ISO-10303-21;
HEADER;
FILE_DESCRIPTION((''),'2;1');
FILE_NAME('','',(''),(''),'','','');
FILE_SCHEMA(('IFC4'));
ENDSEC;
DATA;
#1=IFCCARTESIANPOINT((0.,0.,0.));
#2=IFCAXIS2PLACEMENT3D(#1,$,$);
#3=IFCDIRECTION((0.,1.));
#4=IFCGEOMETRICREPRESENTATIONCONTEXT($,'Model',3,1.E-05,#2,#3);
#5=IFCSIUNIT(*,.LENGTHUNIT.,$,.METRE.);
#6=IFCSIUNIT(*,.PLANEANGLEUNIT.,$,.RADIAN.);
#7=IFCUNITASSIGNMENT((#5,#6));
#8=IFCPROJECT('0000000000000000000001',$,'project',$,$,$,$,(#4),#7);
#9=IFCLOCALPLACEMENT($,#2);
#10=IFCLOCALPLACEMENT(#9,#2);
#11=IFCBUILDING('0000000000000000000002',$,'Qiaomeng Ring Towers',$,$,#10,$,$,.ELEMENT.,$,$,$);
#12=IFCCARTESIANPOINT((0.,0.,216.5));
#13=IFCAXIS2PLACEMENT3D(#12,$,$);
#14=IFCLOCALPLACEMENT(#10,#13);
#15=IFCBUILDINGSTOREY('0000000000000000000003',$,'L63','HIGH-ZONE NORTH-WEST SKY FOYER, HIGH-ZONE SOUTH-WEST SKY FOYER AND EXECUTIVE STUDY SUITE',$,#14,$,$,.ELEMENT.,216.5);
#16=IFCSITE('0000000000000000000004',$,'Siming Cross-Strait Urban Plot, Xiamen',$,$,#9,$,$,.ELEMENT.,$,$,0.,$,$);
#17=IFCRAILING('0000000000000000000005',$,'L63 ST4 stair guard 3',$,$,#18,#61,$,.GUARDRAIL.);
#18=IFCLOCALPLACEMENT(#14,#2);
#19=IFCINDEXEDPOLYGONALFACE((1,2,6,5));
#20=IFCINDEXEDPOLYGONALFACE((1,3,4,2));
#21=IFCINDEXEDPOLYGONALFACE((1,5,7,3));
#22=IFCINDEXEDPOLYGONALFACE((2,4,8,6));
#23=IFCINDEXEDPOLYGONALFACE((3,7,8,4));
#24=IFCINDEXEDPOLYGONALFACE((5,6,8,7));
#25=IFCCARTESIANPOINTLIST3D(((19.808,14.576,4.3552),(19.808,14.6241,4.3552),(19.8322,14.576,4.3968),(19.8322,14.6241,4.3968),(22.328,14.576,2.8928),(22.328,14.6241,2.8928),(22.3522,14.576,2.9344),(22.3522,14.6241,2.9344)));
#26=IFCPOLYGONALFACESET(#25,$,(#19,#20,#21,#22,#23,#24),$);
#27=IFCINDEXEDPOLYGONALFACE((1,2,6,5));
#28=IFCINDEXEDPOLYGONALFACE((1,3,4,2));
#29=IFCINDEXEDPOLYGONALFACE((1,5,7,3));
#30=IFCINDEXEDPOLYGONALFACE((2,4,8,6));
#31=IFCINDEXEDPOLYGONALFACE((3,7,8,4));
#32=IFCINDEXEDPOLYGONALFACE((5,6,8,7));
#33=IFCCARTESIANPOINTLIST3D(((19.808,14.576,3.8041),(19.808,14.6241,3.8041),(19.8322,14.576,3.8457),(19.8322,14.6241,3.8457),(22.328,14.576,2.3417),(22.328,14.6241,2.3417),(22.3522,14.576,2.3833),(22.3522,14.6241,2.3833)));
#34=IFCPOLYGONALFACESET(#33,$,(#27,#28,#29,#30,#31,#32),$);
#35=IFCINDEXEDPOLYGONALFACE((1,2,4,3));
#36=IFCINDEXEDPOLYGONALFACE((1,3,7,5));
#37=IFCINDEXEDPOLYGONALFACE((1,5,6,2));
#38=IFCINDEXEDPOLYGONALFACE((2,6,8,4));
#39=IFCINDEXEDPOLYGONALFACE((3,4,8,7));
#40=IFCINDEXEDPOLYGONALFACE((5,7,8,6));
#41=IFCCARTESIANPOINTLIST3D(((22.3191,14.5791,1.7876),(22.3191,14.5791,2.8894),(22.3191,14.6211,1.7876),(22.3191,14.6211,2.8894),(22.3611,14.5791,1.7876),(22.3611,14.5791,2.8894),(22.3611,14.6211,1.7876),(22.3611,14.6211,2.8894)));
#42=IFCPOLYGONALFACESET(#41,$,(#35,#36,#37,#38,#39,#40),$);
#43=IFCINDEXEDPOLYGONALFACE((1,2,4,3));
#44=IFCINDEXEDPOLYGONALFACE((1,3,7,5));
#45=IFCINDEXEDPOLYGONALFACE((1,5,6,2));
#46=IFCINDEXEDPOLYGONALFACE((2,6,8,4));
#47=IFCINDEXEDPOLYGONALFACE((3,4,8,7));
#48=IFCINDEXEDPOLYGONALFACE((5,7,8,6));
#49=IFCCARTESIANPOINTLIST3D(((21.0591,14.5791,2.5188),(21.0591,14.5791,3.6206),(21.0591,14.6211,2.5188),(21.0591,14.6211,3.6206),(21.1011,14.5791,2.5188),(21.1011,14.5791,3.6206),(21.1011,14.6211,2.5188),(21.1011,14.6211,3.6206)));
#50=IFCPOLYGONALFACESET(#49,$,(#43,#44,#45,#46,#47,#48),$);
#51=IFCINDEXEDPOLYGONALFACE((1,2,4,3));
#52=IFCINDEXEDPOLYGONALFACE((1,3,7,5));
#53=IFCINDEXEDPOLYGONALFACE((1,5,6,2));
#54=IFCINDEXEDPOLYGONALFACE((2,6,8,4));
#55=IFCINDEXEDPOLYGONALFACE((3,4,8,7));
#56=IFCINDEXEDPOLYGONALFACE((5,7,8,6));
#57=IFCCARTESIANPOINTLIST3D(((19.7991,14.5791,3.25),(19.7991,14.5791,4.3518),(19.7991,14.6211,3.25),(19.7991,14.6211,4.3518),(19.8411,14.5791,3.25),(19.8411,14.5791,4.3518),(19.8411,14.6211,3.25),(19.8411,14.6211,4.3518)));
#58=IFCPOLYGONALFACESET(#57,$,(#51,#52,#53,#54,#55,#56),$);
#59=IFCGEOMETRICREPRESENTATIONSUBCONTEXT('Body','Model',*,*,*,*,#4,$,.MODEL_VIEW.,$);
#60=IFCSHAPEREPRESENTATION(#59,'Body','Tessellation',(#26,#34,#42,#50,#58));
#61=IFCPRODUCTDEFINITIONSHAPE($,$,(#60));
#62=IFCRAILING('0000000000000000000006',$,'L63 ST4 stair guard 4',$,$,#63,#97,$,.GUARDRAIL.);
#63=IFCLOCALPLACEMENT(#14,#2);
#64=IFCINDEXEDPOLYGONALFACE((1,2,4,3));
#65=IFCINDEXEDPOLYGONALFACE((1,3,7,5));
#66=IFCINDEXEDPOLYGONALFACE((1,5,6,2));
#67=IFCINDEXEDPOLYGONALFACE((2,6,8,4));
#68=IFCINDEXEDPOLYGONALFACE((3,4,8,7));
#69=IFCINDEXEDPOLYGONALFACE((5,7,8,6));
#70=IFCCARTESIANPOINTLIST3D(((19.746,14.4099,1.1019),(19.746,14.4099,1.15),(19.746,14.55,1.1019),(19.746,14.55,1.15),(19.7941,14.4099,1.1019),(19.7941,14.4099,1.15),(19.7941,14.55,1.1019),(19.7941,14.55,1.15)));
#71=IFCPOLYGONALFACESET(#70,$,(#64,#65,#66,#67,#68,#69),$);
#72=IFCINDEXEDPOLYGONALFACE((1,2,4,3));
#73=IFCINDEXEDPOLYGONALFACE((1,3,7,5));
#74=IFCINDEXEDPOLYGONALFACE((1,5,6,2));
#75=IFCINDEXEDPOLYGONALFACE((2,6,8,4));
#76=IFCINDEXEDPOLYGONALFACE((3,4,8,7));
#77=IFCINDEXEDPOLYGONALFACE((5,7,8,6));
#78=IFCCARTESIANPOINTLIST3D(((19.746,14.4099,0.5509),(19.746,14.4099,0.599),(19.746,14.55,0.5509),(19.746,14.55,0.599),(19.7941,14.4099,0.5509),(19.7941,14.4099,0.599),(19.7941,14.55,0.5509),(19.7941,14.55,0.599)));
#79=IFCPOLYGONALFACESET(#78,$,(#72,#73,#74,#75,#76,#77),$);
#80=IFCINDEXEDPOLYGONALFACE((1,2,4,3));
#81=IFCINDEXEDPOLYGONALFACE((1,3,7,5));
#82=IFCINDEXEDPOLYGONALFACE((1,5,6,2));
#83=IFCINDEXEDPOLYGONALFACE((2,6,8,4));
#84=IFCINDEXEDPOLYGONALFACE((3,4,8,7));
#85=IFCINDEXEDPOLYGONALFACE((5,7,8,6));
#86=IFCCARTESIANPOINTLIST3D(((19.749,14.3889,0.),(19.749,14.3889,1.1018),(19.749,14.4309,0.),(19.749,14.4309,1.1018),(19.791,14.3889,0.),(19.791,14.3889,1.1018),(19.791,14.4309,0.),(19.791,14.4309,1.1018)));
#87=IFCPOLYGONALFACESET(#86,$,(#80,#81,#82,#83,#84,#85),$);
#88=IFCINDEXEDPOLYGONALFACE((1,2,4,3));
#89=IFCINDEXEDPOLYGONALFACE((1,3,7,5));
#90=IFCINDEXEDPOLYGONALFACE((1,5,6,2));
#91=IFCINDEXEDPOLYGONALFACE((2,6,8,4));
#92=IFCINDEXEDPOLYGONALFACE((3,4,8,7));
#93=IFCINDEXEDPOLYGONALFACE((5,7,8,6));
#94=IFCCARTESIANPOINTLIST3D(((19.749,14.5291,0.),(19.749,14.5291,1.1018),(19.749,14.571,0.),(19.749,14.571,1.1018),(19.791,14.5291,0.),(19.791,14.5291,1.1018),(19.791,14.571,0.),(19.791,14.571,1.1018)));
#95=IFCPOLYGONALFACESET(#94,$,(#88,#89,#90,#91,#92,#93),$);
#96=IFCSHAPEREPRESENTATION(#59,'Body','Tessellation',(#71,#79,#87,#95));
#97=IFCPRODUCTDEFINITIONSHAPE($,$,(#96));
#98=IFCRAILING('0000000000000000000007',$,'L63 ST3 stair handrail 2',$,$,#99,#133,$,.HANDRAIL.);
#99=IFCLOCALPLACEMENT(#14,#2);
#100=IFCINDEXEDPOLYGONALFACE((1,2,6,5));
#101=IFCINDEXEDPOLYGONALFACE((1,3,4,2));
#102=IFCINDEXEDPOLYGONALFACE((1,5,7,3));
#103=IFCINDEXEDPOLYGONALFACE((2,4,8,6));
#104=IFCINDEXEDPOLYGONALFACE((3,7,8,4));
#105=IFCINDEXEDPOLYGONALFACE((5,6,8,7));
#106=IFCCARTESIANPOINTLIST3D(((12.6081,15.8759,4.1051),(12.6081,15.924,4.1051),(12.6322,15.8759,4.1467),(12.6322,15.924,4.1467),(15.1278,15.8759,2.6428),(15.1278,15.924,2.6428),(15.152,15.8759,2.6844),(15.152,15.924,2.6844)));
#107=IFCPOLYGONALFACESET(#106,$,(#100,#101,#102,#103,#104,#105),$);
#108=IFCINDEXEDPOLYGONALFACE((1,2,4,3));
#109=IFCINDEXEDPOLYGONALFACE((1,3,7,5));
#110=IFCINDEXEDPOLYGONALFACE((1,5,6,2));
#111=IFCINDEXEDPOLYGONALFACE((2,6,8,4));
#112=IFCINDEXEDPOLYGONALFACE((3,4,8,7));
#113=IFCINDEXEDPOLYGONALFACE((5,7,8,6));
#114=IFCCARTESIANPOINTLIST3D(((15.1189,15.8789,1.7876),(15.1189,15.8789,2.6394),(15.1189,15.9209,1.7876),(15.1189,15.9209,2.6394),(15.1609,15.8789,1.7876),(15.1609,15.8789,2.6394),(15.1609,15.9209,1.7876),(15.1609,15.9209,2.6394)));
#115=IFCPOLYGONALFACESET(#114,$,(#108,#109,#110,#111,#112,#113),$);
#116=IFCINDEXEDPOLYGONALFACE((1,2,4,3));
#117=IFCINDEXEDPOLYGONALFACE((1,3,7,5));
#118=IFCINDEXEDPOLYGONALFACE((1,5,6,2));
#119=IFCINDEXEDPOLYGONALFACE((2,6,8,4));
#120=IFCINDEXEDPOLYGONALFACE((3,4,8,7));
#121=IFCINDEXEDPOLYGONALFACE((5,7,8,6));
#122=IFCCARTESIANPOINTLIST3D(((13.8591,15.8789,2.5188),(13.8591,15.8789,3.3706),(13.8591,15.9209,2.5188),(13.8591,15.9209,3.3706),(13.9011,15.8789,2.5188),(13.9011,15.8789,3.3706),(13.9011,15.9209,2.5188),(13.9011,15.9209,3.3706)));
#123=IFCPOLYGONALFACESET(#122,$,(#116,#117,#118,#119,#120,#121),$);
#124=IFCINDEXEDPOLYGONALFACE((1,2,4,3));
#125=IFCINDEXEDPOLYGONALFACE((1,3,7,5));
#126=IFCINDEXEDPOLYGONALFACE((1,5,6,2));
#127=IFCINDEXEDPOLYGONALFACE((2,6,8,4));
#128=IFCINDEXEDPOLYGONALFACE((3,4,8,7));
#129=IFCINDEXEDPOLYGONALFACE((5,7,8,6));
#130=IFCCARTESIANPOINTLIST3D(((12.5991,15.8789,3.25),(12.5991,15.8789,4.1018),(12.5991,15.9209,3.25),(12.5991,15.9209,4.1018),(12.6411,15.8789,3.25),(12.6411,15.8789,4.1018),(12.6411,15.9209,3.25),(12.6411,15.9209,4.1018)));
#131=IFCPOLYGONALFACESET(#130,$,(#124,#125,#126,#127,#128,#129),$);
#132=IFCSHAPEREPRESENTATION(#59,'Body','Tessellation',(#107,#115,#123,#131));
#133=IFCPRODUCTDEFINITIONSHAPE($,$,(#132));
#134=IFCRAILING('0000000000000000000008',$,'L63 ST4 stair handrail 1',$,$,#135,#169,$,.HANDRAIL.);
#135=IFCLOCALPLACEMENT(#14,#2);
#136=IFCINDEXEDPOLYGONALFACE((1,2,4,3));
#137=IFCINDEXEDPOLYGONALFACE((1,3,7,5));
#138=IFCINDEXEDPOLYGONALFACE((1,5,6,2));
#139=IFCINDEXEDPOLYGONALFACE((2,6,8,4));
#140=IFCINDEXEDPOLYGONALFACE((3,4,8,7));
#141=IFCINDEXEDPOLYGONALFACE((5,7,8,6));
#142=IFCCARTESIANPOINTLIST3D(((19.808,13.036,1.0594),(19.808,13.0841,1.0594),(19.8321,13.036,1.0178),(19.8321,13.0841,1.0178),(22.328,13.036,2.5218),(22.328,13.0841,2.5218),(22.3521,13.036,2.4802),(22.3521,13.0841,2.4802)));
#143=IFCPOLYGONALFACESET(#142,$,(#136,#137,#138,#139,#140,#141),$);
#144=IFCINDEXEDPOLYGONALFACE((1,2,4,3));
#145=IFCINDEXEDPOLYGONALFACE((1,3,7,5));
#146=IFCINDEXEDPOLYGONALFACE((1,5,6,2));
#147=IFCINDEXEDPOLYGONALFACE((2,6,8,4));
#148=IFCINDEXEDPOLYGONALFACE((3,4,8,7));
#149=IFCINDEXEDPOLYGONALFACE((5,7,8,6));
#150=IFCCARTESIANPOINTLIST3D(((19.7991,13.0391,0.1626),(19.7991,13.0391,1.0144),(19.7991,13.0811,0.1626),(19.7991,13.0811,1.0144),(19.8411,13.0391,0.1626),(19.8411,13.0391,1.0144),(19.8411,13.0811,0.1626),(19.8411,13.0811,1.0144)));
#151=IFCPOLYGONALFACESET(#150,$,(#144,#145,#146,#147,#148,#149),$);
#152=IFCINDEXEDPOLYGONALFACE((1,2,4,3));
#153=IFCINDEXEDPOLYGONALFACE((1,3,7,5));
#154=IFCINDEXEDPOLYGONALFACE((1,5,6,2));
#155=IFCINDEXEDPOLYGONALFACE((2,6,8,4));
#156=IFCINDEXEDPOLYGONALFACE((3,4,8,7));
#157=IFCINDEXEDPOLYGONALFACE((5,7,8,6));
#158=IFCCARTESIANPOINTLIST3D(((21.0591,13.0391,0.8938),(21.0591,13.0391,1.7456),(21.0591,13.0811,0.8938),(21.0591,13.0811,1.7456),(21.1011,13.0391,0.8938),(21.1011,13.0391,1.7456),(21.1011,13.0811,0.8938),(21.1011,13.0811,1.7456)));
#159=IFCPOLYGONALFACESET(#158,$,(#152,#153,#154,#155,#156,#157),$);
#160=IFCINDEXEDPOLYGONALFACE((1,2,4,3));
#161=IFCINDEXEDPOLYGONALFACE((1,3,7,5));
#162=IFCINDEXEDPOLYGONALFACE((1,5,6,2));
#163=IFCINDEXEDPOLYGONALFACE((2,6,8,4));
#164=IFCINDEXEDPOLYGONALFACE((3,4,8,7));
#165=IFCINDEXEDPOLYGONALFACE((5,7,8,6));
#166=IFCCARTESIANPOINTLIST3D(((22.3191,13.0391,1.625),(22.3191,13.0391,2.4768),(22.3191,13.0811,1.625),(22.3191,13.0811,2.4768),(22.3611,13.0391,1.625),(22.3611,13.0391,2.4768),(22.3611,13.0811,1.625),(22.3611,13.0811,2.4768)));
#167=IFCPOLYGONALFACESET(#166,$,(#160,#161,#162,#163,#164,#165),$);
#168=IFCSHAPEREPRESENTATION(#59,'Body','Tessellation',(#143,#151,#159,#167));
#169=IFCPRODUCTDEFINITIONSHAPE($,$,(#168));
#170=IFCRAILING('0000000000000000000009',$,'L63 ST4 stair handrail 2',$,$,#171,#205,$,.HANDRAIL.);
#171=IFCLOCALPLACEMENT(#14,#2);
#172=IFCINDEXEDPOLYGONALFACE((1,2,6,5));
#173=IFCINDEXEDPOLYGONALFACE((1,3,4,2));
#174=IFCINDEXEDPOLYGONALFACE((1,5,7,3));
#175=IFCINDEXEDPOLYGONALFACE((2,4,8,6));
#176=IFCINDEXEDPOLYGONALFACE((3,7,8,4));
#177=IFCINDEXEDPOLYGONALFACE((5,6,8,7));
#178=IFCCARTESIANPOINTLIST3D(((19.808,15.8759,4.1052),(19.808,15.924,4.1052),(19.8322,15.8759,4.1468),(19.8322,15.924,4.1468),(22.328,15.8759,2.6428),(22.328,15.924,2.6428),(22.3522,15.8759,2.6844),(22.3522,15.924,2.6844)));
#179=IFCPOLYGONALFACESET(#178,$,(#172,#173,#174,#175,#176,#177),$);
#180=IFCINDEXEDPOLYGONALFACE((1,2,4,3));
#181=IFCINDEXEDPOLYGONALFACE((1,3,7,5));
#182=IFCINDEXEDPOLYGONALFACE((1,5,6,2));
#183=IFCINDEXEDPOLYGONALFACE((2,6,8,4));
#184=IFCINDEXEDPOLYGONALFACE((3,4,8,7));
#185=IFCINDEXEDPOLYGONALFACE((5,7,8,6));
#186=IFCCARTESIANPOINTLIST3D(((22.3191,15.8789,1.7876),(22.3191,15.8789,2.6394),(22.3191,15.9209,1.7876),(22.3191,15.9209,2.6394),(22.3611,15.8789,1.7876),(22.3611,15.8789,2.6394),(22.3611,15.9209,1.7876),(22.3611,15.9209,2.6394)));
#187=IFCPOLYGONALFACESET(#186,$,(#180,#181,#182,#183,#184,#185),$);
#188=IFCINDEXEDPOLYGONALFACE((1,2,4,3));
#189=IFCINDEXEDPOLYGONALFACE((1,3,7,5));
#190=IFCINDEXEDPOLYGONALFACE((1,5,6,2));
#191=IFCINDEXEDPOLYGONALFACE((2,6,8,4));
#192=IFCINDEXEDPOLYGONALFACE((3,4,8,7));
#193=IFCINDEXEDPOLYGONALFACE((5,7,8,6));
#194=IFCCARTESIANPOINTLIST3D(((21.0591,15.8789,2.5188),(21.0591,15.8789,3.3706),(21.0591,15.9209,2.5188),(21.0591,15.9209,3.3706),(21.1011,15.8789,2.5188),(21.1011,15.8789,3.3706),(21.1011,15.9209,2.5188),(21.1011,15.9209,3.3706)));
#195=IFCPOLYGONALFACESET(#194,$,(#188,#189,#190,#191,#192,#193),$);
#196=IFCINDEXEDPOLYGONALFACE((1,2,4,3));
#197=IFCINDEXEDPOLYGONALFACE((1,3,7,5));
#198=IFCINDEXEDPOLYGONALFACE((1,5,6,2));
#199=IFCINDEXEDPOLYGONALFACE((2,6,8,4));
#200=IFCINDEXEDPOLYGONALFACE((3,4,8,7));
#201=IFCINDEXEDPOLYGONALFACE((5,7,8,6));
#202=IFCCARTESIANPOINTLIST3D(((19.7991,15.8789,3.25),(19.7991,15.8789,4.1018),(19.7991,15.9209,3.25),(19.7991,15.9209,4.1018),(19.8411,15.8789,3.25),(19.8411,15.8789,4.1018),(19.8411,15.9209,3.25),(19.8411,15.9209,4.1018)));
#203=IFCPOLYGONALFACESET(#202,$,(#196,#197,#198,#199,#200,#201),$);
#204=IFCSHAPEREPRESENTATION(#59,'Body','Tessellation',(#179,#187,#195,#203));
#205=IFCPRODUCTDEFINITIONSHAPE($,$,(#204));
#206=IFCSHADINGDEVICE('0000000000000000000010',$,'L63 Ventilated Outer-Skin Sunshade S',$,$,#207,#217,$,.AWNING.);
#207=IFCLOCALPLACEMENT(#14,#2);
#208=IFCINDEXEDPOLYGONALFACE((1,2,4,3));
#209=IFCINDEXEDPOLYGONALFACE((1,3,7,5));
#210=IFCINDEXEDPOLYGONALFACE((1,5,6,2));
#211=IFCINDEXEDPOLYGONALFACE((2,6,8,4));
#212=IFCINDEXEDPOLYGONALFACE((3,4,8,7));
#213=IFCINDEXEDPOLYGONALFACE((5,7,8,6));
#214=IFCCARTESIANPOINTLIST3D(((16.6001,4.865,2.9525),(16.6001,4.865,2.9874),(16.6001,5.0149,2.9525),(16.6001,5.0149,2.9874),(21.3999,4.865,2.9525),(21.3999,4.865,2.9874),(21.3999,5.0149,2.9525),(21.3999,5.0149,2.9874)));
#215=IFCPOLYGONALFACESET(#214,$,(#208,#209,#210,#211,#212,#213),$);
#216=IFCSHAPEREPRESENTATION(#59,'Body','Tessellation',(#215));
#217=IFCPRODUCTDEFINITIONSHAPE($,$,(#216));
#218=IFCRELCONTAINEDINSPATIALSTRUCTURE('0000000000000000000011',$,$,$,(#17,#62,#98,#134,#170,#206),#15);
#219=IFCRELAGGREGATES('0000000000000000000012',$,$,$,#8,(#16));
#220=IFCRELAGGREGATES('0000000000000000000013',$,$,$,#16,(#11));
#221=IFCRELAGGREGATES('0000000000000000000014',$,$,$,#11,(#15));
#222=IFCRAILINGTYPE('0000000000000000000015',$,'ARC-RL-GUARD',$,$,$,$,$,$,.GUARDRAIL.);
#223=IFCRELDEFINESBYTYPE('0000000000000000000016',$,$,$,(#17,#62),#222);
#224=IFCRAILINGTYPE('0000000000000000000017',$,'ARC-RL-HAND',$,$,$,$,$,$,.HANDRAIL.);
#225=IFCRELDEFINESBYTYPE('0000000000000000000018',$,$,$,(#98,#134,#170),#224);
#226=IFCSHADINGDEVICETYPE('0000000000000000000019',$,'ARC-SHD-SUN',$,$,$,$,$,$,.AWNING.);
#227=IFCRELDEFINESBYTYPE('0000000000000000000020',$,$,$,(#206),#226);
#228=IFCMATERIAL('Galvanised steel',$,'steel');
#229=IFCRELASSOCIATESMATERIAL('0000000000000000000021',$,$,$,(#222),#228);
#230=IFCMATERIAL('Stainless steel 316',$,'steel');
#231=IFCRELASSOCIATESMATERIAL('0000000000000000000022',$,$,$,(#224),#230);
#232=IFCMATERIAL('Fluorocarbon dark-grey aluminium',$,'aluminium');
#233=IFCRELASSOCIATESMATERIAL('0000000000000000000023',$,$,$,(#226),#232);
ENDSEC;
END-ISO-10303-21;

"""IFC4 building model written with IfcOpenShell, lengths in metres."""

from ifc_helpers import new_model, si_unit, direction, frame, origin, origin_2d, place, context, subcontext, project, spatial, rectangle, extrude, source, transform, mapped, material, material_profile, profile_set, type_object, element, save


model = new_model("IFC4")

# Units and contexts
model_context = context("Model", 3, precision=1e-05, world=origin(), true_north=direction((0.0, 1.0)))
body_context = subcontext(model_context, "Body", "Model", "MODEL_VIEW")
ifc_project = project(units=[si_unit("LENGTHUNIT", "METRE"), si_unit("PLANEANGLEUNIT", "RADIAN")], contexts=[model_context])

# Site, building, storey
site_placement = place(None, origin())
site = spatial("IfcSite", under=ifc_project, at=site_placement, Name="Siming Cross-Strait Urban Plot, Xiamen", CompositionType="ELEMENT", RefElevation=0.0)
building_placement = place(site_placement, origin())
building = spatial("IfcBuilding", under=site, at=building_placement, Name="Qiaomeng Ring Towers", CompositionType="ELEMENT")
storey_placement = place(building_placement, frame((0.0, 0.0, 216.5)))
storey = spatial("IfcBuildingStorey", under=building, at=storey_placement, Name="L63", Description="HIGH-ZONE NORTH-WEST SKY FOYER, HIGH-ZONE SOUTH-WEST SKY FOYER AND EXECUTIVE STUDY SUITE", CompositionType="ELEMENT", Elevation=216.5)

# Shared definitions
ifc_material_1 = material(Name="Fluorocarbon dark-grey aluminium", Category="aluminium")

# Shared definitions
ifc_material_2 = material(Name="Galvanised steel", Category="steel")

# Railings
railing_type_1 = type_object("IfcRailingType", Name="ARC-RL-GUARD", PredefinedType="GUARDRAIL", material=ifc_material_2)
railing_1_placement = place(storey_placement, frame((22.3401, 14.6001, 1.7876)))
element("IfcRailing", 1, at=railing_1_placement, inside=storey, type_object=railing_type_1, Name="L63 ST4 stair guard 3", PredefinedType="GUARDRAIL", context=body_context, shape_type="SweptSolid", body=[
    extrude(rectangle(XDim=0.0481, YDim=0.0481, at=origin_2d()), frame((0.0, 0.0, 1.126), z_axis=(-0.864913, 0.0, 0.501921), x_axis=(0.0, -1.0, 0.0)), (0.0, 0.0, 1.0), 2.9136),
    extrude(rectangle(XDim=0.0481, YDim=0.0481, at=origin_2d()), frame((0.0, 0.0, 0.575), z_axis=(-0.864913, 0.0, 0.501921), x_axis=(0.0, -1.0, 0.0)), (0.0, 0.0, 1.0), 2.9136),
    extrude(rectangle(XDim=0.042, YDim=0.042, at=origin_2d()), origin(), (0.0, 0.0, 1.0), 1.1018),
    extrude(rectangle(XDim=0.042, YDim=0.042, at=origin_2d()), frame((-1.26, 0.0, 0.7312)), (0.0, 0.0, 1.0), 1.1018),
    extrude(rectangle(XDim=0.042, YDim=0.042, at=origin_2d()), frame((-2.52, 0.0, 1.4624)), (0.0, 0.0, 1.0), 1.1018),
])
railing_2_placement = place(storey_placement, frame((19.77, 14.4099, 0.0)))
element("IfcRailing", 2, at=railing_2_placement, inside=storey, type_object=railing_type_1, Name="L63 ST4 stair guard 4", PredefinedType="GUARDRAIL", context=body_context, shape_type="SweptSolid", body=[
    extrude(rectangle(XDim=0.0481, YDim=0.0481, at=origin_2d()), frame((0.0, 0.0, 1.126), z_axis=(0.0, 1.0, 0.0), x_axis=(-1.0, 0.0, 0.0)), (0.0, 0.0, 1.0), 0.1401),
    extrude(rectangle(XDim=0.0481, YDim=0.0481, at=origin_2d()), frame((0.0, 0.0, 0.575), z_axis=(0.0, 1.0, 0.0), x_axis=(-1.0, 0.0, 0.0)), (0.0, 0.0, 1.0), 0.1401),
    extrude(rectangle(XDim=0.042, YDim=0.042, at=origin_2d()), origin(), (0.0, 0.0, 1.0), 1.1018),
    extrude(rectangle(XDim=0.042, YDim=0.042, at=origin_2d()), frame((0.0, 0.1401, 0.0)), (0.0, 0.0, 1.0), 1.1018),
])
ifc_material_3 = material(Name="Stainless steel 316", Category="steel")
railing_type_2 = type_object("IfcRailingType", Name="ARC-RL-HAND", PredefinedType="HANDRAIL", material=ifc_material_3)
railing_3_placement = place(storey_placement, frame((15.1399, 15.8999, 1.7876)))
element("IfcRailing", 3, at=railing_3_placement, inside=storey, type_object=railing_type_2, Name="L63 ST3 stair handrail 2", PredefinedType="HANDRAIL", context=body_context, shape_type="SweptSolid", body=[
    extrude(rectangle(XDim=0.0481, YDim=0.0481, at=origin_2d()), frame((0.0, 0.0, 0.876), z_axis=(-0.864892, 0.0, 0.501958), x_axis=(0.0, -1.0, 0.0)), (0.0, 0.0, 1.0), 2.9133),
    extrude(rectangle(XDim=0.042, YDim=0.042, at=origin_2d()), origin(), (0.0, 0.0, 1.0), 0.8518),
    extrude(rectangle(XDim=0.042, YDim=0.042, at=origin_2d()), frame((-1.2598, 0.0, 0.7312)), (0.0, 0.0, 1.0), 0.8518),
    extrude(rectangle(XDim=0.042, YDim=0.042, at=origin_2d()), frame((-2.5198, 0.0, 1.4624)), (0.0, 0.0, 1.0), 0.8518),
])
railing_4_placement = place(storey_placement, frame((19.8201, 13.0601, 0.1626)))
element("IfcRailing", 4, at=railing_4_placement, inside=storey, type_object=railing_type_2, Name="L63 ST4 stair handrail 1", PredefinedType="HANDRAIL", context=body_context, shape_type="SweptSolid", body=[
    extrude(rectangle(XDim=0.0481, YDim=0.0481, at=origin_2d()), frame((0.0, 0.0, 0.876), z_axis=(0.864913, 0.0, 0.501921), x_axis=(0.0, 1.0, 0.0)), (0.0, 0.0, 1.0), 2.9136),
    extrude(rectangle(XDim=0.042, YDim=0.042, at=origin_2d()), origin(), (0.0, 0.0, 1.0), 0.8518),
    extrude(rectangle(XDim=0.042, YDim=0.042, at=origin_2d()), frame((1.26, 0.0, 0.7312)), (0.0, 0.0, 1.0), 0.8518),
    extrude(rectangle(XDim=0.042, YDim=0.042, at=origin_2d()), frame((2.52, 0.0, 1.4624)), (0.0, 0.0, 1.0), 0.8518),
])
railing_5_placement = place(storey_placement, frame((22.3401, 15.8999, 1.7876)))
element("IfcRailing", 5, at=railing_5_placement, inside=storey, type_object=railing_type_2, Name="L63 ST4 stair handrail 2", PredefinedType="HANDRAIL", context=body_context, shape_type="SweptSolid", body=[
    extrude(rectangle(XDim=0.0481, YDim=0.0481, at=origin_2d()), frame((0.0, 0.0, 0.876), z_axis=(-0.864913, 0.0, 0.501921), x_axis=(0.0, -1.0, 0.0)), (0.0, 0.0, 1.0), 2.9136),
    extrude(rectangle(XDim=0.042, YDim=0.042, at=origin_2d()), origin(), (0.0, 0.0, 1.0), 0.8518),
    extrude(rectangle(XDim=0.042, YDim=0.042, at=origin_2d()), frame((-1.26, 0.0, 0.7312)), (0.0, 0.0, 1.0), 0.8518),
    extrude(rectangle(XDim=0.042, YDim=0.042, at=origin_2d()), frame((-2.52, 0.0, 1.4624)), (0.0, 0.0, 1.0), 0.8518),
])

# Shading device
ifc_material_profile_1 = material_profile(ifc_material_1, rectangle(XDim=0.1499, YDim=0.0349, at=origin_2d()), Name="LV BLADE 150x35")
ifc_profile_set_1 = profile_set([ifc_material_profile_1], Name="Fluorocarbon dark-grey aluminium")
shading_device_type = type_object("IfcShadingDeviceType", Name="ARC-SHD-SUN", PredefinedType="AWNING", material=ifc_profile_set_1)
shared_shape_1 = source(origin(), body_context, "Body", "SweptSolid", [
    extrude(rectangle(XDim=0.1499, YDim=0.0349, at=origin_2d()), origin(), (0.0, 0.0, 1.0), 4.7998),
])
shading_device_placement = place(storey_placement, frame((16.6001, 4.9399, 2.97), z_axis=(1.0, 0.0, 0.0), x_axis=(0.0, 1.0, 0.0)))
element("IfcShadingDevice", 6, at=shading_device_placement, inside=storey, type_object=shading_device_type, Name="L63 Ventilated Outer-Skin Sunshade S", PredefinedType="AWNING", context=body_context, shape_type="MappedRepresentation", body=[
    mapped(shared_shape_1, transform((0.0, 0.0, 0.0), x_axis=(1.0, 0.0, 0.0), y_axis=(0.0, 1.0, 0.0), z_axis=(0.0, 0.0, 1.0), scale=1.0)),
])

save(model, "model.ifc")
